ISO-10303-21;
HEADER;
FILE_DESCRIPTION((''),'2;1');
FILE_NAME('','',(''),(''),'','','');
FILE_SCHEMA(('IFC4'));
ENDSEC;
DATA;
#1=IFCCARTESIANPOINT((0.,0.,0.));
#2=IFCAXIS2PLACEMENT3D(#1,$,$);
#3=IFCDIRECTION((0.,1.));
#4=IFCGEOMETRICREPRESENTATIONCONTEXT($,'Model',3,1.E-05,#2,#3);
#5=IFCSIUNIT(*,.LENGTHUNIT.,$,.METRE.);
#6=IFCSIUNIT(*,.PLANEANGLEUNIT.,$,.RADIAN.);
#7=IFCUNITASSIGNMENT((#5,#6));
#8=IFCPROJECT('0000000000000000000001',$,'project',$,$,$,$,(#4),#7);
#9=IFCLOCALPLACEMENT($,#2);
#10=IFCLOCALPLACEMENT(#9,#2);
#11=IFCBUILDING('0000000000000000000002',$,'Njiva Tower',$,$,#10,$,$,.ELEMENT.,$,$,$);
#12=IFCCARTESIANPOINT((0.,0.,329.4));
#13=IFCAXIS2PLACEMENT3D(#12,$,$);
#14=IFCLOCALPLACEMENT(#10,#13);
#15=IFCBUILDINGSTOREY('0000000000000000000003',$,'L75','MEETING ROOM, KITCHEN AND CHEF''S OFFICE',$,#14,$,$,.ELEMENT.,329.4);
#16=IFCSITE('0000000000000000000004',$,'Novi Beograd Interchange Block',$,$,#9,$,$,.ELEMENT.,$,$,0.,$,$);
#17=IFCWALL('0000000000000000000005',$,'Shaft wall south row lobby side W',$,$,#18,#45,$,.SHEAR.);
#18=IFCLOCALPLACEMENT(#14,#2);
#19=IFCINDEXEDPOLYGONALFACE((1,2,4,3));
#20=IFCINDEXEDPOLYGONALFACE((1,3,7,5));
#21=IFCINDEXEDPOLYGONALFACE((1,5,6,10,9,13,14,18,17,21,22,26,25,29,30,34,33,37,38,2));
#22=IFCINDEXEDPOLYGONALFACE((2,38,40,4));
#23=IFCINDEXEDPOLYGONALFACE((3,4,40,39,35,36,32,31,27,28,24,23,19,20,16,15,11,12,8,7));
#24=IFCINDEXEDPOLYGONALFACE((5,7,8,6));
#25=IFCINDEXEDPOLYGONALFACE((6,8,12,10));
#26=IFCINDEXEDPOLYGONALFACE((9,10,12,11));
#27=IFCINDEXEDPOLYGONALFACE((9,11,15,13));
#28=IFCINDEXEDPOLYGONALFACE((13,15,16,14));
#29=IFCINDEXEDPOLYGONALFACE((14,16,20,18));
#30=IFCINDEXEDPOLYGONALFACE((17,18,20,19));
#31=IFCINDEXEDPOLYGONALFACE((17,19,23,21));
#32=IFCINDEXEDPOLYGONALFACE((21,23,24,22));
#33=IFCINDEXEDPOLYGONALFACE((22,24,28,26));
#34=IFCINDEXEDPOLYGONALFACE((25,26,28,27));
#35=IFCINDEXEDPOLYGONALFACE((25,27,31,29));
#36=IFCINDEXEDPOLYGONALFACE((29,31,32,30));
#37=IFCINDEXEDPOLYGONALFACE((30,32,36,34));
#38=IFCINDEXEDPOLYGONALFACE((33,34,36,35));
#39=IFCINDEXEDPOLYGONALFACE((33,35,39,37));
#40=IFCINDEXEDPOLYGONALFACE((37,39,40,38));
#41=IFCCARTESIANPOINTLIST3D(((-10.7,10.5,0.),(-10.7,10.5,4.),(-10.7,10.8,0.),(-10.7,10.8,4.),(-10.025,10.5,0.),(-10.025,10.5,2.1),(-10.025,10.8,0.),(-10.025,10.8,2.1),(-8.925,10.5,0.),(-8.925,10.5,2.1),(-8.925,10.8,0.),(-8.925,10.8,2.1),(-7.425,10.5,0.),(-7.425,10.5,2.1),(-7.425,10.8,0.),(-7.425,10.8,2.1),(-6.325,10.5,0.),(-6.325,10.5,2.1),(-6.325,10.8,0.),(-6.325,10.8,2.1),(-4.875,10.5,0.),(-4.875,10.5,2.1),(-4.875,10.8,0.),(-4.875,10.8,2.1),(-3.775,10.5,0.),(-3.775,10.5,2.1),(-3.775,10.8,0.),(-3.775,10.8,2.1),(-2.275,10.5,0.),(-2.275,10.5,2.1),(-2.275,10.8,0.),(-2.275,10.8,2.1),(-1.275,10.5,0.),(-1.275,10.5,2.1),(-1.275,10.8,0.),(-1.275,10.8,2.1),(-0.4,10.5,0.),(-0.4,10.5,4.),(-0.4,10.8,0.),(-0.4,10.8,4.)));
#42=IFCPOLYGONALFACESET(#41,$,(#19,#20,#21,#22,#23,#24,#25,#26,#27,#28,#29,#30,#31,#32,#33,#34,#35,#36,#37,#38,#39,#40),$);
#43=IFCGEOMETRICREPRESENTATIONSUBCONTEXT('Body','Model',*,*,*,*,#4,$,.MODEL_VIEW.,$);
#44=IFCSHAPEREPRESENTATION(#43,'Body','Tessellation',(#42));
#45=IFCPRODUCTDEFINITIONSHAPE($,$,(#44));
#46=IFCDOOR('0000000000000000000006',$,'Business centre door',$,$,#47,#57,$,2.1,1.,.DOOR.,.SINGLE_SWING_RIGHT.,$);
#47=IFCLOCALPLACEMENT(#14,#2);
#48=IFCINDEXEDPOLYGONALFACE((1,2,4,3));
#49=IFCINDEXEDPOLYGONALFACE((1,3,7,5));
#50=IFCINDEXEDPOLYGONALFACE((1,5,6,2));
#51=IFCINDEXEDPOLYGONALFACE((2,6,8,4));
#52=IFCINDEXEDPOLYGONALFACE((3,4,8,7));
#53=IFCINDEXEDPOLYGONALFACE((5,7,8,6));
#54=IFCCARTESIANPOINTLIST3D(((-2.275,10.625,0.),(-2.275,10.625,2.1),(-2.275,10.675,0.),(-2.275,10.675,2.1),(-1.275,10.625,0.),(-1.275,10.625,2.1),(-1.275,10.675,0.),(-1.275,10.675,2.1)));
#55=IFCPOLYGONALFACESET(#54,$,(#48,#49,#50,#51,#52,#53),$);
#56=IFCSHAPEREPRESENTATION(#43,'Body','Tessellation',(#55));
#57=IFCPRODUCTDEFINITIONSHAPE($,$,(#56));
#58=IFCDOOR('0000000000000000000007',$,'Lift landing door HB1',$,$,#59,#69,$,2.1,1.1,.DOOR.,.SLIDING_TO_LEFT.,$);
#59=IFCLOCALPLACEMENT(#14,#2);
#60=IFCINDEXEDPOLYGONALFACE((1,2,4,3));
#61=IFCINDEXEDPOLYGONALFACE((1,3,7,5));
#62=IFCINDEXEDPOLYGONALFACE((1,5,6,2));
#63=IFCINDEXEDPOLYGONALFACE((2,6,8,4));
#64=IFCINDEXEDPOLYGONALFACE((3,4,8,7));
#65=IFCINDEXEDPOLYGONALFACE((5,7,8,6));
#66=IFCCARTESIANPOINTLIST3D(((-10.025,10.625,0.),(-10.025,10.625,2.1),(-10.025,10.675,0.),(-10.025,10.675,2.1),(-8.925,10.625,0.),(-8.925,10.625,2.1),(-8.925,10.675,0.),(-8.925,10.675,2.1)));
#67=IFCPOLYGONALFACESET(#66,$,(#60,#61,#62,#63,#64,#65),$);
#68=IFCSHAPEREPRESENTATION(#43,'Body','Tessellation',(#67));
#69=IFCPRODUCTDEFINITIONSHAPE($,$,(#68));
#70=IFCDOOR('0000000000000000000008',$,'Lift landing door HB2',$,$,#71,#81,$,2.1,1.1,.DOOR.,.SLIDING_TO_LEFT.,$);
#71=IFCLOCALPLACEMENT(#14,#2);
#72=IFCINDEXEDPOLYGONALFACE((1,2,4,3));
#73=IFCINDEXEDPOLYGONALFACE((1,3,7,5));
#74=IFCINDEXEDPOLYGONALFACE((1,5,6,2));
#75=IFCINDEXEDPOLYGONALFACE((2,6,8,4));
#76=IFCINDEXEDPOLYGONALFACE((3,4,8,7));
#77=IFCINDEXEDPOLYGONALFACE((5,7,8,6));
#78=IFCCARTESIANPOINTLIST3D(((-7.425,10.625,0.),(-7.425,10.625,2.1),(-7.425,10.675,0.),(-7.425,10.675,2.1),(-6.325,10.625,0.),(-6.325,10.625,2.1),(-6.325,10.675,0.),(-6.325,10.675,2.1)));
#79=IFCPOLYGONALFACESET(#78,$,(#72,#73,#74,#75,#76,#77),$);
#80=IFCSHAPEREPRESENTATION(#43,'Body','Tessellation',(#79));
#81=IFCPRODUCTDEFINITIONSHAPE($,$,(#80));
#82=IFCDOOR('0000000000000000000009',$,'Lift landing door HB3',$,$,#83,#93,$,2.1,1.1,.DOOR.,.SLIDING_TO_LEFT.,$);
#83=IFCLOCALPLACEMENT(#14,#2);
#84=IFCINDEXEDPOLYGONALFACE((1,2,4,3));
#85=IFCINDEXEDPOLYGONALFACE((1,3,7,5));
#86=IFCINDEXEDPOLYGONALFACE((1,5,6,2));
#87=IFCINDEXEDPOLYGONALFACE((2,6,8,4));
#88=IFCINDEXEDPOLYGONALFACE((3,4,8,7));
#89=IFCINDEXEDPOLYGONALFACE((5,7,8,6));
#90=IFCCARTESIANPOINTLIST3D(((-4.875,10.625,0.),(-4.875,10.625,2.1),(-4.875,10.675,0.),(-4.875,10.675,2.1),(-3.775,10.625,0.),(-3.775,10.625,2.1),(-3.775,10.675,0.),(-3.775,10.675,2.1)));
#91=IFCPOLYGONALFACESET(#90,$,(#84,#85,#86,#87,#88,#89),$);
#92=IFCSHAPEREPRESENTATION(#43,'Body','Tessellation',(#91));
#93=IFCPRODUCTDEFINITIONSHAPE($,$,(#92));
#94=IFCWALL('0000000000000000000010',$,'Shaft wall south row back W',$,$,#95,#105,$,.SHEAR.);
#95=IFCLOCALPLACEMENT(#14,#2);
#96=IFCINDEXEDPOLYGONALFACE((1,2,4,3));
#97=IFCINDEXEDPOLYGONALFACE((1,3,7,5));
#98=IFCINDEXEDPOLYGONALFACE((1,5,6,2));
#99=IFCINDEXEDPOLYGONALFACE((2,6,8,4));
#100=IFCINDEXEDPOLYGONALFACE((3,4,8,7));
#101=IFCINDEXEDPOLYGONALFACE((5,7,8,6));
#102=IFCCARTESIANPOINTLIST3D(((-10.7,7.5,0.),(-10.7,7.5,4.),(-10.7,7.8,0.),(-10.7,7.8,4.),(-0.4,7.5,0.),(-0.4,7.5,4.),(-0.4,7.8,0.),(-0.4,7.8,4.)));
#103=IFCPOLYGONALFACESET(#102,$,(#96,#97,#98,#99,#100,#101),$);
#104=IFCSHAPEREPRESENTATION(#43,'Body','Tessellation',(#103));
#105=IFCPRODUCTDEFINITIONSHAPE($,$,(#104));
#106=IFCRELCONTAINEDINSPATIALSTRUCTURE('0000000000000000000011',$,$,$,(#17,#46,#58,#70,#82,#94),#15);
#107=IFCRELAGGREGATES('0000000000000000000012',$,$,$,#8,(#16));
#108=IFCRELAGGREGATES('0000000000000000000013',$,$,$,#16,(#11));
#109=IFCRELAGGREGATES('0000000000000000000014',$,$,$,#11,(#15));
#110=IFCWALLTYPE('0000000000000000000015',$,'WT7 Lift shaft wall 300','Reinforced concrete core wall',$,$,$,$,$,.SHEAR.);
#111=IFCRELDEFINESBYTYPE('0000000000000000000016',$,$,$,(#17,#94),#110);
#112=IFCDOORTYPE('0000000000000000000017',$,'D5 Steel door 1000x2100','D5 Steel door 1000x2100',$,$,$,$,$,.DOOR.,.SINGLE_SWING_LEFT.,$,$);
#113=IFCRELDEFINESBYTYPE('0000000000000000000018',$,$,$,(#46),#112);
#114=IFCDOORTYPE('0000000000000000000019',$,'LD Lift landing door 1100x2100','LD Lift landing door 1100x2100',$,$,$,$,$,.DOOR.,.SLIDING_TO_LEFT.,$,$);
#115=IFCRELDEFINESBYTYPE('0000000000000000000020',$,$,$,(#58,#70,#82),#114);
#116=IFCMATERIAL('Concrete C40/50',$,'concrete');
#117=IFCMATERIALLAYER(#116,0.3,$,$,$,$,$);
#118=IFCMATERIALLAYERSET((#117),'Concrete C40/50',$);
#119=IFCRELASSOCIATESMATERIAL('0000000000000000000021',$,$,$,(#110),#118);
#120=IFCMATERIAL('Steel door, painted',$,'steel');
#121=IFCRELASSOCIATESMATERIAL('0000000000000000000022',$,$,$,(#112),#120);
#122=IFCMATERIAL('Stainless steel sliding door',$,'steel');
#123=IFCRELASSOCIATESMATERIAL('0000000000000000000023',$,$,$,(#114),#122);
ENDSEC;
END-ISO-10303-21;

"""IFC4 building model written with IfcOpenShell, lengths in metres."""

from ifc_helpers import new_model, si_unit, direction, frame, frame_2d, origin, place, context, subcontext, project, spatial, rectangle, extrude, material, layer, layer_set, type_object, element, fill, save


model = new_model("IFC4")

# Units and contexts
model_context = context("Model", 3, precision=1e-05, world=origin(), true_north=direction((0.0, 1.0)))
body_context = subcontext(model_context, "Body", "Model", "MODEL_VIEW")
ifc_project = project(units=[si_unit("LENGTHUNIT", "METRE"), si_unit("PLANEANGLEUNIT", "RADIAN")], contexts=[model_context])

# Site, building, storey
site_placement = place(None, origin())
site = spatial("IfcSite", under=ifc_project, at=site_placement, Name="Novi Beograd Interchange Block", CompositionType="ELEMENT", RefElevation=0.0)
building_placement = place(site_placement, origin())
building = spatial("IfcBuilding", under=site, at=building_placement, Name="Njiva Tower", CompositionType="ELEMENT")
storey_placement = place(building_placement, frame((0.0, 0.0, 329.4)))
storey = spatial("IfcBuildingStorey", under=building, at=storey_placement, Name="L75", Description="MEETING ROOM, KITCHEN AND CHEF'S OFFICE", CompositionType="ELEMENT", Elevation=329.4)

# Shared definitions
ifc_material_1 = material(Name="Concrete C40/50", Category="concrete")
ifc_material_2 = material(Name="Steel door, painted", Category="steel")

# Wall, openings, doors
ifc_layer_1 = layer(ifc_material_1, 0.3)
ifc_layer_set_1 = layer_set([ifc_layer_1], Name="Concrete C40/50")
wall_type_1 = type_object("IfcWallType", Name="WT7 Lift shaft wall 300", Description="Reinforced concrete core wall", PredefinedType="SHEAR", material=ifc_layer_set_1)
wall_1_placement = place(storey_placement, frame((-10.7, 10.65, 0.0), z_axis=(0.0, 0.0, 1.0), x_axis=(1.0, 0.0, 0.0)))
wall_1 = element("IfcWall", 1, at=wall_1_placement, inside=storey, type_object=wall_type_1, Name="Shaft wall south row lobby side W", PredefinedType="SHEAR", context=body_context, shape_type="SweptSolid", body=[
    extrude(rectangle(XDim=10.3, YDim=0.3, at=frame_2d((5.15, 0.0))), origin(), (0.0, 0.0, 1.0), 4.0),
])
opening_1_placement = place(wall_1_placement, frame((0.675, 0.0, 0.0)))
opening_1 = element("IfcOpeningElement", 2, at=opening_1_placement, cuts=wall_1, PredefinedType="OPENING", context=body_context, shape_type="SweptSolid", body=[
    extrude(rectangle(XDim=1.1, YDim=2.1, at=frame_2d((0.55, 1.05))), frame((0.0, 0.16, 0.0), z_axis=(0.0, -1.0, 0.0), x_axis=(1.0, 0.0, 0.0)), (0.0, 0.0, 1.0), 0.32),
])
opening_2_placement = place(wall_1_placement, frame((3.275, 0.0, 0.0)))
opening_2 = element("IfcOpeningElement", 3, at=opening_2_placement, cuts=wall_1, PredefinedType="OPENING", context=body_context, shape_type="SweptSolid", body=[
    extrude(rectangle(XDim=1.1, YDim=2.1, at=frame_2d((0.55, 1.05))), frame((0.0, 0.16, 0.0), z_axis=(0.0, -1.0, 0.0), x_axis=(1.0, 0.0, 0.0)), (0.0, 0.0, 1.0), 0.32),
])
opening_3_placement = place(wall_1_placement, frame((5.825, 0.0, 0.0)))
opening_3 = element("IfcOpeningElement", 4, at=opening_3_placement, cuts=wall_1, PredefinedType="OPENING", context=body_context, shape_type="SweptSolid", body=[
    extrude(rectangle(XDim=1.1, YDim=2.1, at=frame_2d((0.55, 1.05))), frame((0.0, 0.16, 0.0), z_axis=(0.0, -1.0, 0.0), x_axis=(1.0, 0.0, 0.0)), (0.0, 0.0, 1.0), 0.32),
])
opening_4_placement = place(wall_1_placement, frame((8.425, 0.0, 0.0)))
opening_4 = element("IfcOpeningElement", 5, at=opening_4_placement, cuts=wall_1, PredefinedType="OPENING", context=body_context, shape_type="SweptSolid", body=[
    extrude(rectangle(XDim=1.0, YDim=2.1, at=frame_2d((0.5, 1.05))), frame((0.0, 0.16, 0.0), z_axis=(0.0, -1.0, 0.0), x_axis=(1.0, 0.0, 0.0)), (0.0, 0.0, 1.0), 0.32),
])
door_type_1 = type_object("IfcDoorType", Name="D5 Steel door 1000x2100", Description="D5 Steel door 1000x2100", OperationType="SINGLE_SWING_LEFT", PredefinedType="DOOR", material=ifc_material_2)
door_1_placement = place(opening_4_placement, origin())
door_1 = element("IfcDoor", 6, at=door_1_placement, inside=storey, type_object=door_type_1, Name="Business centre door", OperationType="SINGLE_SWING_RIGHT", OverallHeight=2.1, OverallWidth=1.0, PredefinedType="DOOR", context=body_context, shape_type="SweptSolid", body=[
    extrude(rectangle(XDim=1.0, YDim=2.1, at=frame_2d((0.5, 1.05))), frame((0.0, 0.025, 0.0), z_axis=(0.0, -1.0, 0.0), x_axis=(1.0, 0.0, 0.0)), (0.0, 0.0, 1.0), 0.05),
])
fill(opening_4, door_1)
ifc_material_3 = material(Name="Stainless steel sliding door", Category="steel")
door_type_2 = type_object("IfcDoorType", Name="LD Lift landing door 1100x2100", Description="LD Lift landing door 1100x2100", OperationType="SLIDING_TO_LEFT", PredefinedType="DOOR", material=ifc_material_3)
door_2_placement = place(opening_1_placement, origin())
door_2 = element("IfcDoor", 7, at=door_2_placement, inside=storey, type_object=door_type_2, Name="Lift landing door HB1", OperationType="SLIDING_TO_LEFT", OverallHeight=2.1, OverallWidth=1.1, PredefinedType="DOOR", context=body_context, shape_type="SweptSolid", body=[
    extrude(rectangle(XDim=1.1, YDim=2.1, at=frame_2d((0.55, 1.05))), frame((0.0, 0.025, 0.0), z_axis=(0.0, -1.0, 0.0), x_axis=(1.0, 0.0, 0.0)), (0.0, 0.0, 1.0), 0.05),
])
fill(opening_1, door_2)
door_3_placement = place(opening_2_placement, origin())
door_3 = element("IfcDoor", 8, at=door_3_placement, inside=storey, type_object=door_type_2, Name="Lift landing door HB2", OperationType="SLIDING_TO_LEFT", OverallHeight=2.1, OverallWidth=1.1, PredefinedType="DOOR", context=body_context, shape_type="SweptSolid", body=[
    extrude(rectangle(XDim=1.1, YDim=2.1, at=frame_2d((0.55, 1.05))), frame((0.0, 0.025, 0.0), z_axis=(0.0, -1.0, 0.0), x_axis=(1.0, 0.0, 0.0)), (0.0, 0.0, 1.0), 0.05),
])
fill(opening_2, door_3)
door_4_placement = place(opening_3_placement, origin())
door_4 = element("IfcDoor", 9, at=door_4_placement, inside=storey, type_object=door_type_2, Name="Lift landing door HB3", OperationType="SLIDING_TO_LEFT", OverallHeight=2.1, OverallWidth=1.1, PredefinedType="DOOR", context=body_context, shape_type="SweptSolid", body=[
    extrude(rectangle(XDim=1.1, YDim=2.1, at=frame_2d((0.55, 1.05))), frame((0.0, 0.025, 0.0), z_axis=(0.0, -1.0, 0.0), x_axis=(1.0, 0.0, 0.0)), (0.0, 0.0, 1.0), 0.05),
])
fill(opening_3, door_4)

# Wall
wall_2_placement = place(storey_placement, frame((-10.7, 7.65, 0.0), z_axis=(0.0, 0.0, 1.0), x_axis=(1.0, 0.0, 0.0)))
element("IfcWall", 10, at=wall_2_placement, inside=storey, type_object=wall_type_1, Name="Shaft wall south row back W", PredefinedType="SHEAR", context=body_context, shape_type="SweptSolid", body=[
    extrude(rectangle(XDim=10.3, YDim=0.3, at=frame_2d((5.15, 0.0))), origin(), (0.0, 0.0, 1.0), 4.0),
])

save(model, "model.ifc")
